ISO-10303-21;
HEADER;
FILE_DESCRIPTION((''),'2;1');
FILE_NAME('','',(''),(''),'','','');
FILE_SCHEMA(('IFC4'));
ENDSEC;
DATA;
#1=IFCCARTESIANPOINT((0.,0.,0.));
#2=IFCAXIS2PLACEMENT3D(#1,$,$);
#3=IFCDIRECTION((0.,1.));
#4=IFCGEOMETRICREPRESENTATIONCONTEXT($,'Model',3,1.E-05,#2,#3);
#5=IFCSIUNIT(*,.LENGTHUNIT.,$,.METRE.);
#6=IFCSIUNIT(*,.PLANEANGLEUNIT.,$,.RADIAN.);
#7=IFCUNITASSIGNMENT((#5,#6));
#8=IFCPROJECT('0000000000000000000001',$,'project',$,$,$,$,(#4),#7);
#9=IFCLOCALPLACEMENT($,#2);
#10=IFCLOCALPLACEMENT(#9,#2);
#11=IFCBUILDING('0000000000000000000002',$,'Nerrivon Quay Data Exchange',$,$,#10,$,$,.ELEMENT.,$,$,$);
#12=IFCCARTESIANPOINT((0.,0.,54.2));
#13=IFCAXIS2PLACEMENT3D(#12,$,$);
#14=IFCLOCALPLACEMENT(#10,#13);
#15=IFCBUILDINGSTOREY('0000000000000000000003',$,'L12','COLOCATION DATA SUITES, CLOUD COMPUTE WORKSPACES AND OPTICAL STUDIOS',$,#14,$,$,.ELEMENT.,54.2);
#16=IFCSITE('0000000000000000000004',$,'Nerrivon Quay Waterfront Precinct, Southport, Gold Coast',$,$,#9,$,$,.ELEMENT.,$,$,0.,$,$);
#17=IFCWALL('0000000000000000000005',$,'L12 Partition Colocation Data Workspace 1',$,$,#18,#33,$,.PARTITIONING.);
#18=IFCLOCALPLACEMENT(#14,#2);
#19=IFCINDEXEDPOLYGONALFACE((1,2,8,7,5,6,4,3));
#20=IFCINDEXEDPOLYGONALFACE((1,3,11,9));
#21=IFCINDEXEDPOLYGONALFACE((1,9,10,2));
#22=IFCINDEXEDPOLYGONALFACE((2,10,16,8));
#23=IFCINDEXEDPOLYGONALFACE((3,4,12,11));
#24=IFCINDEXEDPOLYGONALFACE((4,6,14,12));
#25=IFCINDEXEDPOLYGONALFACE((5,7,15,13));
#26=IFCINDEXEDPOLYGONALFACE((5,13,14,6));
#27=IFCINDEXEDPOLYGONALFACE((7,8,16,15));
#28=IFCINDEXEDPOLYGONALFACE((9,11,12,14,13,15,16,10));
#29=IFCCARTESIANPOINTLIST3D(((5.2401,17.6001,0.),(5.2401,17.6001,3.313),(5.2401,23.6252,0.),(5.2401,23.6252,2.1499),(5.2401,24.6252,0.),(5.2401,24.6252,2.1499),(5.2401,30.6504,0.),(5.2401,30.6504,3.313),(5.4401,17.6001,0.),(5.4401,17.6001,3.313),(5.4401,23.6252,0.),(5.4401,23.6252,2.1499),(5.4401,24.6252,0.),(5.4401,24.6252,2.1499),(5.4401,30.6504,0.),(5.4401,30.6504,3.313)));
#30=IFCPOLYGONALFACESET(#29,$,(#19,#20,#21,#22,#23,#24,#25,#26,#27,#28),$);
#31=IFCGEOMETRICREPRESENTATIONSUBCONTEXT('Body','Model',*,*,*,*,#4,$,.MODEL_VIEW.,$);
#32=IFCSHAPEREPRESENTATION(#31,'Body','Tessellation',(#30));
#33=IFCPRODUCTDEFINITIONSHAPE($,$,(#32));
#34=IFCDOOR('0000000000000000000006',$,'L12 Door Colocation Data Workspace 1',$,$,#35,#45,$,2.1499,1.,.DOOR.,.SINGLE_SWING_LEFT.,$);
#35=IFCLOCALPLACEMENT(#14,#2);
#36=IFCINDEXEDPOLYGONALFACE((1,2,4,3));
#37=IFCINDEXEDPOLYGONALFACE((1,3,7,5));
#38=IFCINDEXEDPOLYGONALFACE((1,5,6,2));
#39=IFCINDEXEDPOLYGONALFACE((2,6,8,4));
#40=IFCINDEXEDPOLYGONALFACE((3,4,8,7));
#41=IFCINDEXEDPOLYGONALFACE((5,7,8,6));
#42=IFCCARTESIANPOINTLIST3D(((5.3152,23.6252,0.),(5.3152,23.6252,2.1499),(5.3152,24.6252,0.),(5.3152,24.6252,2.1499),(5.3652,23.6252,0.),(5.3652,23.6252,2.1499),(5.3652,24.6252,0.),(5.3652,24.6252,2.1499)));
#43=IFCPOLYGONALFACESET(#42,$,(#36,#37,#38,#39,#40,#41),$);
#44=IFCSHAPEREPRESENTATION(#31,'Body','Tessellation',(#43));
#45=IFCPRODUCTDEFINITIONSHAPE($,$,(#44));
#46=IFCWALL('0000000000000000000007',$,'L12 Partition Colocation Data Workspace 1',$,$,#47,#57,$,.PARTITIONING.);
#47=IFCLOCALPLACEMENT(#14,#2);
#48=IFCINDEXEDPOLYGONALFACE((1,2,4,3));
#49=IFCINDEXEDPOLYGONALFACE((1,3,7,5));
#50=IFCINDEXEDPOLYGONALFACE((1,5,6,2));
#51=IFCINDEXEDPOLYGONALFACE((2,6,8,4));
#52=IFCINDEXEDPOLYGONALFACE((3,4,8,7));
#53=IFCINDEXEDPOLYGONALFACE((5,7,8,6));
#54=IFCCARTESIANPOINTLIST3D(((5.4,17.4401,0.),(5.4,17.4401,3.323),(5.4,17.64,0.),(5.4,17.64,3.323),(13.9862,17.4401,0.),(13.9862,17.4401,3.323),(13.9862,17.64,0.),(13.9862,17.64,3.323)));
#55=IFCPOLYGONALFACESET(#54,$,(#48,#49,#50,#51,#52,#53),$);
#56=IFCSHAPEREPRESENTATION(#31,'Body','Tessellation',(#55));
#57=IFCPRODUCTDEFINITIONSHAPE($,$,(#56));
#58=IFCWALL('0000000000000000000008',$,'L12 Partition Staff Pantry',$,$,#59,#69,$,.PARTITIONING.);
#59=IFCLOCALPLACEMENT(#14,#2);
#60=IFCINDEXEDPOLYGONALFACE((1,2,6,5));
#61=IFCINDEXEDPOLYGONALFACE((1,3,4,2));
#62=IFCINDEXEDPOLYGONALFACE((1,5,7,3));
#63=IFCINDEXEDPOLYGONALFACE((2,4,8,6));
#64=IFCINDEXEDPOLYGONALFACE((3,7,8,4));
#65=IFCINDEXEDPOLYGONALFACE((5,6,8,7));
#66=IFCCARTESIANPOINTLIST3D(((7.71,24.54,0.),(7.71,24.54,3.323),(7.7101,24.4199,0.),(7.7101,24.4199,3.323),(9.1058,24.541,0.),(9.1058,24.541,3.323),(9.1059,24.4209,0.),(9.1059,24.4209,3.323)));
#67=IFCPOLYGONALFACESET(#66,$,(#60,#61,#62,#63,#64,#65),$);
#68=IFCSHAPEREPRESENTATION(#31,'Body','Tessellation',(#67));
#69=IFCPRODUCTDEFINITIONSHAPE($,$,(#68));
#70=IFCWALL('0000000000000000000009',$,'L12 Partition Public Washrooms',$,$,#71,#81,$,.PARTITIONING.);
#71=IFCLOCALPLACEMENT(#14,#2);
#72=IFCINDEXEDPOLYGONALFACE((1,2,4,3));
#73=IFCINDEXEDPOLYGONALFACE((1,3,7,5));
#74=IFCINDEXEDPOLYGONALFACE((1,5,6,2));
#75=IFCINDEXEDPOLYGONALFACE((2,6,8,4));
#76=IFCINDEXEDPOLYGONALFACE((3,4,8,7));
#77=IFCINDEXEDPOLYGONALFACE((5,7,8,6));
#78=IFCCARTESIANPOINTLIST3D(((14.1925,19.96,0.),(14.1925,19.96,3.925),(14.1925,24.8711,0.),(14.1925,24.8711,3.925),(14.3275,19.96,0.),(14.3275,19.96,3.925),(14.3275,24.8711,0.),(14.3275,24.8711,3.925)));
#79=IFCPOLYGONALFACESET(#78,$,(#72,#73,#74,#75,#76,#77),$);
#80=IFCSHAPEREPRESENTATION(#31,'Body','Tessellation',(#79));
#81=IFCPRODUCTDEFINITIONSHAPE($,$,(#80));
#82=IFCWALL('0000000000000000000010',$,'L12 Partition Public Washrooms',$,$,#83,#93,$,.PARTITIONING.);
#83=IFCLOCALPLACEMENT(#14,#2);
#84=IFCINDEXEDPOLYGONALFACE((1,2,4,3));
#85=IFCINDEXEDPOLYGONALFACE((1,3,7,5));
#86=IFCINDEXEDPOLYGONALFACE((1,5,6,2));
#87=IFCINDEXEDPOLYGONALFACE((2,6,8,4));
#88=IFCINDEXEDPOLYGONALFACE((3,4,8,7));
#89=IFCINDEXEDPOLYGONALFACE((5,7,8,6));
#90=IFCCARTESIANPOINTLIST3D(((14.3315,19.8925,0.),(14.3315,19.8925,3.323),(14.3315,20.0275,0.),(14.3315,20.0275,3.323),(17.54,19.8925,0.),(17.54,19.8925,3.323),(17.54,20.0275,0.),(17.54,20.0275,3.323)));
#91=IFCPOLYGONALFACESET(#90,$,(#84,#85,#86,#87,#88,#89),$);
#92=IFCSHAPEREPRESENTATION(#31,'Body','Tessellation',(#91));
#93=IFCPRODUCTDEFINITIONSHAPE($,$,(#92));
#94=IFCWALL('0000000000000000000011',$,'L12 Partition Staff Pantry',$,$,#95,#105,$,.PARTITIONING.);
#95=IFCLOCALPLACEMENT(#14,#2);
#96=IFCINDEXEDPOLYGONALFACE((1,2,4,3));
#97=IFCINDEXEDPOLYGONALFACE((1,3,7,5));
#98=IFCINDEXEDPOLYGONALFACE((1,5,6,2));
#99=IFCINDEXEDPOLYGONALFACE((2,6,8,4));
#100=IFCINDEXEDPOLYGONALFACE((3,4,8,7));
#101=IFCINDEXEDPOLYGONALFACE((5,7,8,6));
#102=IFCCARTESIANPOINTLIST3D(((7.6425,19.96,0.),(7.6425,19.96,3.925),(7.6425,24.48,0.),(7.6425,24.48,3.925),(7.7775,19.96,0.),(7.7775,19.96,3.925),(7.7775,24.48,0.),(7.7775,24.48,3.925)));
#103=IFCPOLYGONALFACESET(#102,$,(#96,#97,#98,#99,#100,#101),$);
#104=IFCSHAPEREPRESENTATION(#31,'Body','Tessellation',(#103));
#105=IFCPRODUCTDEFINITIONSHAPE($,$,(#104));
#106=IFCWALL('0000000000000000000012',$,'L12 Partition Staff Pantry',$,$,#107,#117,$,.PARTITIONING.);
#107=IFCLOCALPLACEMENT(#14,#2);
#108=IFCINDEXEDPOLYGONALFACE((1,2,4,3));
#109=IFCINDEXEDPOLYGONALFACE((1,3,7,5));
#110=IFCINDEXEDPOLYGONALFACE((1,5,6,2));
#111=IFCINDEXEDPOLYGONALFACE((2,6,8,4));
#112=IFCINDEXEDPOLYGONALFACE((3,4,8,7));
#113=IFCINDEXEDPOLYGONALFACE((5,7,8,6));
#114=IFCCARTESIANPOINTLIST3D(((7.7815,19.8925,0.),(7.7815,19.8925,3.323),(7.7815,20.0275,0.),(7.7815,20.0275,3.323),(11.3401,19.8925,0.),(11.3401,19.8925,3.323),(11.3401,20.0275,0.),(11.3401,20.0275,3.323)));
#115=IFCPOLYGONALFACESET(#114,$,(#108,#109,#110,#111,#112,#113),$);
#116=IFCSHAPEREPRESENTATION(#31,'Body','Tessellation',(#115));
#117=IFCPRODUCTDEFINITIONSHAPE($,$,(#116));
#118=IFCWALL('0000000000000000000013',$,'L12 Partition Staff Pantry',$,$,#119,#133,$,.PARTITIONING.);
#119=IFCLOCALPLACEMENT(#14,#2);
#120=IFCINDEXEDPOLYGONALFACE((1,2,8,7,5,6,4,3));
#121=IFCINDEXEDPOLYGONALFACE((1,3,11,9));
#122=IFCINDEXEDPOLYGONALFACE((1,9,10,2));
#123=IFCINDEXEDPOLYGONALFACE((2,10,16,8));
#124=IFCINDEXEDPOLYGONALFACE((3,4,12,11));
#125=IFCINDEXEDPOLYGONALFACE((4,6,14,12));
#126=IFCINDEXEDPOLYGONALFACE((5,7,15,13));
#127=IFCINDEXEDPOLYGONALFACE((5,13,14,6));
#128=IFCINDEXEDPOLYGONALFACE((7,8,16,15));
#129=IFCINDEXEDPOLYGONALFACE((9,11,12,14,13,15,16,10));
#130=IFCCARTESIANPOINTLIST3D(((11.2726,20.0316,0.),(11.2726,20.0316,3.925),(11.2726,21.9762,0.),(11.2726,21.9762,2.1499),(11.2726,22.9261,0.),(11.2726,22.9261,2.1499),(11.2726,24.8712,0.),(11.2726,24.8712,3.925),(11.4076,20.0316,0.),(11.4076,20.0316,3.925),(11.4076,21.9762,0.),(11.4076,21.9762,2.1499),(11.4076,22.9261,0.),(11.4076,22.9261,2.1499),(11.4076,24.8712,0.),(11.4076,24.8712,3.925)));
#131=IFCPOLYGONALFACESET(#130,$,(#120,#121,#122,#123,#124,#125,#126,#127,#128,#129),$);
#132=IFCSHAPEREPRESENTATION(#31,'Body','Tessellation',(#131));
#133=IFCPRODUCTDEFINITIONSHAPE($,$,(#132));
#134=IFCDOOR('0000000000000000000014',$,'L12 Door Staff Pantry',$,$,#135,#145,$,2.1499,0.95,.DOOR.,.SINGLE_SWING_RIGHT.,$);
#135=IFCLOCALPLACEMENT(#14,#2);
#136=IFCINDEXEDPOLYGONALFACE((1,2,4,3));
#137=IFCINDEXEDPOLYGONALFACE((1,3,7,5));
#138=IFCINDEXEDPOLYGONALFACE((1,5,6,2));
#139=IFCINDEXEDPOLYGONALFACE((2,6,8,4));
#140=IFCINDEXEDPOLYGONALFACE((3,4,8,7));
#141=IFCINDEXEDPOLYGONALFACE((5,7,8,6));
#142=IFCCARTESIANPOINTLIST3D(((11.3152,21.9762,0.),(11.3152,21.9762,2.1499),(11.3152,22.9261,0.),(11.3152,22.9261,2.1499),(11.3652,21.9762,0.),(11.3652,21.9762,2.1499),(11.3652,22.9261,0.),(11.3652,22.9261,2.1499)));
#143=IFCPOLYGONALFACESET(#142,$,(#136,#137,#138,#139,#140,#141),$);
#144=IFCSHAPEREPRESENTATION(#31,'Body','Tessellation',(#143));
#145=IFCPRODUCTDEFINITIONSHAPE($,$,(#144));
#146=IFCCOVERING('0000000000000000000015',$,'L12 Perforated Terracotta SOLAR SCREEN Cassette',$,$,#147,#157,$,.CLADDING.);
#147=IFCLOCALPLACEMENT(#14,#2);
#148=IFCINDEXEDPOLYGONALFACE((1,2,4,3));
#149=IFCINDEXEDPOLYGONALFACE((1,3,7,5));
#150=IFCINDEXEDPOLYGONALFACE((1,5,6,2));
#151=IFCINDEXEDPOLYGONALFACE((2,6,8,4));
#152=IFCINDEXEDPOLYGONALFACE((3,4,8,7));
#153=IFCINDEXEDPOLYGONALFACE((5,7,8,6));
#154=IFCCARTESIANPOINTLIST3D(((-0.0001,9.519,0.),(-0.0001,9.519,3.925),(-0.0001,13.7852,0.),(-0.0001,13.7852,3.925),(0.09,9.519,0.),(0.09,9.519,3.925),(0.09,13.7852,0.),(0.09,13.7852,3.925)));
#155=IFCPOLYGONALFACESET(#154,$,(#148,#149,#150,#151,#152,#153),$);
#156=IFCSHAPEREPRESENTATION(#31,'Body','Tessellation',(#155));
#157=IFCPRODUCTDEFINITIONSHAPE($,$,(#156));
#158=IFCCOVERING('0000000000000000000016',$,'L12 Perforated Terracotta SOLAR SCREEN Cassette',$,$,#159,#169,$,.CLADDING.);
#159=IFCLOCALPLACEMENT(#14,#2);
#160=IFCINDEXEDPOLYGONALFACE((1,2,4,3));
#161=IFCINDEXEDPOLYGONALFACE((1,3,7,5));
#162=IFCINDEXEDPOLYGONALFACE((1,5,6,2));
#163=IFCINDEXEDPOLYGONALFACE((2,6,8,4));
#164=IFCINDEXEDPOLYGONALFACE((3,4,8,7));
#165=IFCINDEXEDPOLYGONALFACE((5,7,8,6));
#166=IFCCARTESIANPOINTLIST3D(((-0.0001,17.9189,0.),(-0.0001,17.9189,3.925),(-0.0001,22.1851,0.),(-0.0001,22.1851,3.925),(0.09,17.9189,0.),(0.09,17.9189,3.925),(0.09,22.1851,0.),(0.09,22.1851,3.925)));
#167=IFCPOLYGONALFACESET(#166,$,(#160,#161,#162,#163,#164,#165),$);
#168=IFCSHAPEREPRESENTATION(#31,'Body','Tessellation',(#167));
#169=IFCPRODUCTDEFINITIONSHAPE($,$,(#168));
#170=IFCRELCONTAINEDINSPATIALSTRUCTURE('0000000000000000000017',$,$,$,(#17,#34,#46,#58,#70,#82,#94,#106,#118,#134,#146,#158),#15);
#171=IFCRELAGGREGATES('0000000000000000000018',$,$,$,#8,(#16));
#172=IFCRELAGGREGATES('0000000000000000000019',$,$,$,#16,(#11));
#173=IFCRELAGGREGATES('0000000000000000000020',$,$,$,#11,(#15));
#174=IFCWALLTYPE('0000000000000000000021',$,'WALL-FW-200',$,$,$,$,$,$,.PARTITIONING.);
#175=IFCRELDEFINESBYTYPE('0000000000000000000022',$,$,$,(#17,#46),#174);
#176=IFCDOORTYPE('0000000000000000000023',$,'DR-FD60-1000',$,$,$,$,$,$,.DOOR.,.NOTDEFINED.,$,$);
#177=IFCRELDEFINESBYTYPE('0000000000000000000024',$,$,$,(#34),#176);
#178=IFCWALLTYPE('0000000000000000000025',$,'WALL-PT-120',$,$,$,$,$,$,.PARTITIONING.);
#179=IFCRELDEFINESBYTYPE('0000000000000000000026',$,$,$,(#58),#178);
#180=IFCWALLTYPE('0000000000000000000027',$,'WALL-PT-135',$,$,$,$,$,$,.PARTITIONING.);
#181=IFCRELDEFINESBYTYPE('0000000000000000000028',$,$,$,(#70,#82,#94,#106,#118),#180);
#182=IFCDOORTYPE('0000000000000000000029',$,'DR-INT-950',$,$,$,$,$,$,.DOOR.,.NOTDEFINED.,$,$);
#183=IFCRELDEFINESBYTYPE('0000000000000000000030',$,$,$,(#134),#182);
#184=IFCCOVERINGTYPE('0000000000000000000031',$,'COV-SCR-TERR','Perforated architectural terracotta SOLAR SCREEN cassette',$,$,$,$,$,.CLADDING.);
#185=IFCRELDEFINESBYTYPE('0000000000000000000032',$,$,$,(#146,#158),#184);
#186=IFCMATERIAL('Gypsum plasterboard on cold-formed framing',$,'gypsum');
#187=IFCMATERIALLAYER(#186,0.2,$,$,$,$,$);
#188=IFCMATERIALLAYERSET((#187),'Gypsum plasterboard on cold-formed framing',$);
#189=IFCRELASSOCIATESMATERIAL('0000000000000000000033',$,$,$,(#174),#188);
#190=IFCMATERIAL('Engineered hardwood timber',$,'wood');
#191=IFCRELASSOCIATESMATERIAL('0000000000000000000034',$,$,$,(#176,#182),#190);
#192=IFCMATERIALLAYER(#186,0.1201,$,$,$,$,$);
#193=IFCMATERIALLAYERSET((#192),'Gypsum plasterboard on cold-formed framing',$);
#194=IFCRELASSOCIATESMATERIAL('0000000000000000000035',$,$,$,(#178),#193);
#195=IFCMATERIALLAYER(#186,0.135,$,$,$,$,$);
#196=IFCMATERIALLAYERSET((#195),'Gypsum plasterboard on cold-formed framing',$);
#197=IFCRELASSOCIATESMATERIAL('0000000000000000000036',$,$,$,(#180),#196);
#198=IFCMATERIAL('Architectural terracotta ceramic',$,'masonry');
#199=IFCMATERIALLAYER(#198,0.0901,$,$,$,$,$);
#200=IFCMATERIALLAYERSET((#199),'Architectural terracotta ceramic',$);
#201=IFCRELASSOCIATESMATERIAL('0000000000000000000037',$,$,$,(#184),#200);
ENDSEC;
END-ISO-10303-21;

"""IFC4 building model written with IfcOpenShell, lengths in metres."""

from ifc_helpers import new_model, si_unit, direction, frame, frame_2d, origin, origin_2d, place, context, subcontext, project, spatial, rectangle, extrude, material, layer, layer_set, type_object, element, fill, save


model = new_model("IFC4")

# Units and contexts
model_context = context("Model", 3, precision=1e-05, world=origin(), true_north=direction((0.0, 1.0)))
body_context = subcontext(model_context, "Body", "Model", "MODEL_VIEW")
ifc_project = project(units=[si_unit("LENGTHUNIT", "METRE"), si_unit("PLANEANGLEUNIT", "RADIAN")], contexts=[model_context])

# Site, building, storey
site_placement = place(None, origin())
site = spatial("IfcSite", under=ifc_project, at=site_placement, Name="Nerrivon Quay Waterfront Precinct, Southport, Gold Coast", CompositionType="ELEMENT", RefElevation=0.0)
building_placement = place(site_placement, origin())
building = spatial("IfcBuilding", under=site, at=building_placement, Name="Nerrivon Quay Data Exchange", CompositionType="ELEMENT")
storey_placement = place(building_placement, frame((0.0, 0.0, 54.2)))
storey = spatial("IfcBuildingStorey", under=building, at=storey_placement, Name="L12", Description="COLOCATION DATA SUITES, CLOUD COMPUTE WORKSPACES AND OPTICAL STUDIOS", CompositionType="ELEMENT", Elevation=54.2)

# Wall, opening, door
ifc_material_1 = material(Name="Gypsum plasterboard on cold-formed framing", Category="gypsum")
ifc_layer_1 = layer(ifc_material_1, 0.2)
ifc_layer_set_1 = layer_set([ifc_layer_1], Name="Gypsum plasterboard on cold-formed framing")
wall_type_1 = type_object("IfcWallType", Name="WALL-FW-200", PredefinedType="PARTITIONING", material=ifc_layer_set_1)
wall_1_placement = place(storey_placement, frame((5.3401, 17.6001, 0.0), z_axis=(0.0, 0.0, 1.0), x_axis=(0.0, 1.0, 0.0)))
wall_1 = element("IfcWall", 1, at=wall_1_placement, inside=storey, type_object=wall_type_1, Name="L12 Partition Colocation Data Workspace 1", PredefinedType="PARTITIONING", context=body_context, shape_type="SweptSolid", body=[
    extrude(rectangle(XDim=13.0503, YDim=0.2, at=frame_2d((6.5251, 0.0))), origin(), (0.0, 0.0, 1.0), 3.313),
])
opening_1_placement = place(wall_1_placement, frame((6.0251, 0.0, 0.0)))
opening_1 = element("IfcOpeningElement", 2, at=opening_1_placement, cuts=wall_1, PredefinedType="OPENING", context=body_context, shape_type="SweptSolid", body=[
    extrude(rectangle(XDim=1.0, YDim=2.1499, at=frame_2d((0.5, 1.075))), frame((0.0, 0.1099, 0.0), z_axis=(0.0, -1.0, 0.0), x_axis=(1.0, 0.0, 0.0)), (0.0, 0.0, 1.0), 0.22),
])
ifc_material_2 = material(Name="Engineered hardwood timber", Category="wood")
door_type_1 = type_object("IfcDoorType", Name="DR-FD60-1000", OperationType="NOTDEFINED", PredefinedType="DOOR", material=ifc_material_2)
door_1_placement = place(opening_1_placement, origin())
door_1 = element("IfcDoor", 3, at=door_1_placement, inside=storey, type_object=door_type_1, Name="L12 Door Colocation Data Workspace 1", OperationType="SINGLE_SWING_LEFT", OverallHeight=2.1499, OverallWidth=1.0, PredefinedType="DOOR", context=body_context, shape_type="SweptSolid", body=[
    extrude(rectangle(XDim=1.0, YDim=2.1499, at=frame_2d((0.5, 1.075))), frame((0.0, 0.0249, 0.0), z_axis=(0.0, -1.0, 0.0), x_axis=(1.0, 0.0, 0.0)), (0.0, 0.0, 1.0), 0.05),
])
fill(opening_1, door_1)

# Walls
wall_2_placement = place(storey_placement, frame((13.9861, 17.54, 0.0), z_axis=(0.0, 0.0, 1.0), x_axis=(-1.0, 0.0, 0.0)))
element("IfcWall", 4, at=wall_2_placement, inside=storey, type_object=wall_type_1, Name="L12 Partition Colocation Data Workspace 1", PredefinedType="PARTITIONING", context=body_context, shape_type="SweptSolid", body=[
    extrude(rectangle(XDim=8.5862, YDim=0.2, at=frame_2d((4.293, 0.0))), origin(), (0.0, 0.0, 1.0), 3.323),
])
ifc_layer_2 = layer(ifc_material_1, 0.1201)
ifc_layer_set_2 = layer_set([ifc_layer_2], Name="Gypsum plasterboard on cold-formed framing")
wall_type_2 = type_object("IfcWallType", Name="WALL-PT-120", PredefinedType="PARTITIONING", material=ifc_layer_set_2)
wall_3_placement = place(storey_placement, frame((9.1057, 24.481, 0.0), z_axis=(0.0, 0.0, 1.0), x_axis=(-1.0, -0.0007, 0.0)))
element("IfcWall", 5, at=wall_3_placement, inside=storey, type_object=wall_type_2, Name="L12 Partition Staff Pantry", PredefinedType="PARTITIONING", context=body_context, shape_type="SweptSolid", body=[
    extrude(rectangle(XDim=1.3958, YDim=0.1201, at=frame_2d((0.6978, 0.0))), origin(), (0.0, 0.0, 1.0), 3.323),
])
ifc_layer_3 = layer(ifc_material_1, 0.135)
ifc_layer_set_3 = layer_set([ifc_layer_3], Name="Gypsum plasterboard on cold-formed framing")
wall_type_3 = type_object("IfcWallType", Name="WALL-PT-135", PredefinedType="PARTITIONING", material=ifc_layer_set_3)
wall_4_placement = place(storey_placement, frame((14.26, 24.8711, 0.0), z_axis=(0.0, 0.0, 1.0), x_axis=(0.0, -1.0, 0.0)))
element("IfcWall", 6, at=wall_4_placement, inside=storey, type_object=wall_type_3, Name="L12 Partition Public Washrooms", PredefinedType="PARTITIONING", context=body_context, shape_type="SweptSolid", body=[
    extrude(rectangle(XDim=4.9111, YDim=0.135, at=frame_2d((2.4556, 0.0))), origin(), (0.0, 0.0, 1.0), 3.925),
])
wall_5_placement = place(storey_placement, frame((14.3315, 19.96, 0.0), z_axis=(0.0, 0.0, 1.0), x_axis=(1.0, 0.0, 0.0)))
element("IfcWall", 7, at=wall_5_placement, inside=storey, type_object=wall_type_3, Name="L12 Partition Public Washrooms", PredefinedType="PARTITIONING", context=body_context, shape_type="SweptSolid", body=[
    extrude(rectangle(XDim=3.2085, YDim=0.135, at=frame_2d((1.6042, 0.0))), origin(), (0.0, 0.0, 1.0), 3.323),
])
wall_6_placement = place(storey_placement, frame((7.71, 24.48, 0.0), z_axis=(0.0, 0.0, 1.0), x_axis=(0.0, -1.0, 0.0)))
element("IfcWall", 8, at=wall_6_placement, inside=storey, type_object=wall_type_3, Name="L12 Partition Staff Pantry", PredefinedType="PARTITIONING", context=body_context, shape_type="SweptSolid", body=[
    extrude(rectangle(XDim=4.52, YDim=0.135, at=frame_2d((2.26, 0.0))), origin(), (0.0, 0.0, 1.0), 3.925),
])
wall_7_placement = place(storey_placement, frame((7.7815, 19.96, 0.0), z_axis=(0.0, 0.0, 1.0), x_axis=(1.0, 0.0, 0.0)))
element("IfcWall", 9, at=wall_7_placement, inside=storey, type_object=wall_type_3, Name="L12 Partition Staff Pantry", PredefinedType="PARTITIONING", context=body_context, shape_type="SweptSolid", body=[
    extrude(rectangle(XDim=3.5586, YDim=0.135, at=frame_2d((1.7793, 0.0))), origin(), (0.0, 0.0, 1.0), 3.323),
])

# Wall, opening, door
wall_8_placement = place(storey_placement, frame((11.3401, 20.0315, 0.0), z_axis=(0.0, 0.0, 1.0), x_axis=(0.0, 1.0, 0.0)))
wall_8 = element("IfcWall", 10, at=wall_8_placement, inside=storey, type_object=wall_type_3, Name="L12 Partition Staff Pantry", PredefinedType="PARTITIONING", context=body_context, shape_type="SweptSolid", body=[
    extrude(rectangle(XDim=4.8396, YDim=0.135, at=frame_2d((2.4199, 0.0))), origin(), (0.0, 0.0, 1.0), 3.925),
])
opening_2_placement = place(wall_8_placement, frame((1.9446, 0.0, 0.0)))
opening_2 = element("IfcOpeningElement", 11, at=opening_2_placement, cuts=wall_8, PredefinedType="OPENING", context=body_context, shape_type="SweptSolid", body=[
    extrude(rectangle(XDim=0.95, YDim=2.1499, at=frame_2d((0.4751, 1.075))), frame((0.0, 0.0774, 0.0), z_axis=(0.0, -1.0, 0.0), x_axis=(1.0, 0.0, 0.0)), (0.0, 0.0, 1.0), 0.155),
])
door_type_2 = type_object("IfcDoorType", Name="DR-INT-950", OperationType="NOTDEFINED", PredefinedType="DOOR", material=ifc_material_2)
door_2_placement = place(opening_2_placement, origin())
door_2 = element("IfcDoor", 12, at=door_2_placement, inside=storey, type_object=door_type_2, Name="L12 Door Staff Pantry", OperationType="SINGLE_SWING_RIGHT", OverallHeight=2.1499, OverallWidth=0.95, PredefinedType="DOOR", context=body_context, shape_type="SweptSolid", body=[
    extrude(rectangle(XDim=0.95, YDim=2.1499, at=frame_2d((0.4751, 1.075))), frame((0.0, 0.0249, 0.0), z_axis=(0.0, -1.0, 0.0), x_axis=(1.0, 0.0, 0.0)), (0.0, 0.0, 1.0), 0.05),
])
fill(opening_2, door_2)

# Coverings
ifc_material_3 = material(Name="Architectural terracotta ceramic", Category="masonry")
ifc_layer_4 = layer(ifc_material_3, 0.0901)
ifc_layer_set_4 = layer_set([ifc_layer_4], Name="Architectural terracotta ceramic")
covering_type = type_object("IfcCoveringType", Name="COV-SCR-TERR", Description="Perforated architectural terracotta SOLAR SCREEN cassette", PredefinedType="CLADDING", material=ifc_layer_set_4)
for number, where, z_axis, x_axis, name in (
    (13, (0.0449, 11.6521, 0.0), (0.0, 0.0, 1.0), (0.0, 1.0, 0.0), "L12 Perforated Terracotta SOLAR SCREEN Cassette"),
    (14, (0.0449, 20.052, 0.0), (0.0, 0.0, 1.0), (0.0, 1.0, 0.0), "L12 Perforated Terracotta SOLAR SCREEN Cassette"),
):
    element("IfcCovering", number, at=place(storey_placement, frame(where, z_axis=z_axis, x_axis=x_axis)), inside=storey, type_object=covering_type, Name=name, PredefinedType="CLADDING", context=body_context, shape_type="SweptSolid", body=[
        extrude(rectangle(XDim=4.2661, YDim=0.0901, at=origin_2d()), origin(), (0.0, 0.0, 1.0), 3.925),
    ])

save(model, "model.ifc")
